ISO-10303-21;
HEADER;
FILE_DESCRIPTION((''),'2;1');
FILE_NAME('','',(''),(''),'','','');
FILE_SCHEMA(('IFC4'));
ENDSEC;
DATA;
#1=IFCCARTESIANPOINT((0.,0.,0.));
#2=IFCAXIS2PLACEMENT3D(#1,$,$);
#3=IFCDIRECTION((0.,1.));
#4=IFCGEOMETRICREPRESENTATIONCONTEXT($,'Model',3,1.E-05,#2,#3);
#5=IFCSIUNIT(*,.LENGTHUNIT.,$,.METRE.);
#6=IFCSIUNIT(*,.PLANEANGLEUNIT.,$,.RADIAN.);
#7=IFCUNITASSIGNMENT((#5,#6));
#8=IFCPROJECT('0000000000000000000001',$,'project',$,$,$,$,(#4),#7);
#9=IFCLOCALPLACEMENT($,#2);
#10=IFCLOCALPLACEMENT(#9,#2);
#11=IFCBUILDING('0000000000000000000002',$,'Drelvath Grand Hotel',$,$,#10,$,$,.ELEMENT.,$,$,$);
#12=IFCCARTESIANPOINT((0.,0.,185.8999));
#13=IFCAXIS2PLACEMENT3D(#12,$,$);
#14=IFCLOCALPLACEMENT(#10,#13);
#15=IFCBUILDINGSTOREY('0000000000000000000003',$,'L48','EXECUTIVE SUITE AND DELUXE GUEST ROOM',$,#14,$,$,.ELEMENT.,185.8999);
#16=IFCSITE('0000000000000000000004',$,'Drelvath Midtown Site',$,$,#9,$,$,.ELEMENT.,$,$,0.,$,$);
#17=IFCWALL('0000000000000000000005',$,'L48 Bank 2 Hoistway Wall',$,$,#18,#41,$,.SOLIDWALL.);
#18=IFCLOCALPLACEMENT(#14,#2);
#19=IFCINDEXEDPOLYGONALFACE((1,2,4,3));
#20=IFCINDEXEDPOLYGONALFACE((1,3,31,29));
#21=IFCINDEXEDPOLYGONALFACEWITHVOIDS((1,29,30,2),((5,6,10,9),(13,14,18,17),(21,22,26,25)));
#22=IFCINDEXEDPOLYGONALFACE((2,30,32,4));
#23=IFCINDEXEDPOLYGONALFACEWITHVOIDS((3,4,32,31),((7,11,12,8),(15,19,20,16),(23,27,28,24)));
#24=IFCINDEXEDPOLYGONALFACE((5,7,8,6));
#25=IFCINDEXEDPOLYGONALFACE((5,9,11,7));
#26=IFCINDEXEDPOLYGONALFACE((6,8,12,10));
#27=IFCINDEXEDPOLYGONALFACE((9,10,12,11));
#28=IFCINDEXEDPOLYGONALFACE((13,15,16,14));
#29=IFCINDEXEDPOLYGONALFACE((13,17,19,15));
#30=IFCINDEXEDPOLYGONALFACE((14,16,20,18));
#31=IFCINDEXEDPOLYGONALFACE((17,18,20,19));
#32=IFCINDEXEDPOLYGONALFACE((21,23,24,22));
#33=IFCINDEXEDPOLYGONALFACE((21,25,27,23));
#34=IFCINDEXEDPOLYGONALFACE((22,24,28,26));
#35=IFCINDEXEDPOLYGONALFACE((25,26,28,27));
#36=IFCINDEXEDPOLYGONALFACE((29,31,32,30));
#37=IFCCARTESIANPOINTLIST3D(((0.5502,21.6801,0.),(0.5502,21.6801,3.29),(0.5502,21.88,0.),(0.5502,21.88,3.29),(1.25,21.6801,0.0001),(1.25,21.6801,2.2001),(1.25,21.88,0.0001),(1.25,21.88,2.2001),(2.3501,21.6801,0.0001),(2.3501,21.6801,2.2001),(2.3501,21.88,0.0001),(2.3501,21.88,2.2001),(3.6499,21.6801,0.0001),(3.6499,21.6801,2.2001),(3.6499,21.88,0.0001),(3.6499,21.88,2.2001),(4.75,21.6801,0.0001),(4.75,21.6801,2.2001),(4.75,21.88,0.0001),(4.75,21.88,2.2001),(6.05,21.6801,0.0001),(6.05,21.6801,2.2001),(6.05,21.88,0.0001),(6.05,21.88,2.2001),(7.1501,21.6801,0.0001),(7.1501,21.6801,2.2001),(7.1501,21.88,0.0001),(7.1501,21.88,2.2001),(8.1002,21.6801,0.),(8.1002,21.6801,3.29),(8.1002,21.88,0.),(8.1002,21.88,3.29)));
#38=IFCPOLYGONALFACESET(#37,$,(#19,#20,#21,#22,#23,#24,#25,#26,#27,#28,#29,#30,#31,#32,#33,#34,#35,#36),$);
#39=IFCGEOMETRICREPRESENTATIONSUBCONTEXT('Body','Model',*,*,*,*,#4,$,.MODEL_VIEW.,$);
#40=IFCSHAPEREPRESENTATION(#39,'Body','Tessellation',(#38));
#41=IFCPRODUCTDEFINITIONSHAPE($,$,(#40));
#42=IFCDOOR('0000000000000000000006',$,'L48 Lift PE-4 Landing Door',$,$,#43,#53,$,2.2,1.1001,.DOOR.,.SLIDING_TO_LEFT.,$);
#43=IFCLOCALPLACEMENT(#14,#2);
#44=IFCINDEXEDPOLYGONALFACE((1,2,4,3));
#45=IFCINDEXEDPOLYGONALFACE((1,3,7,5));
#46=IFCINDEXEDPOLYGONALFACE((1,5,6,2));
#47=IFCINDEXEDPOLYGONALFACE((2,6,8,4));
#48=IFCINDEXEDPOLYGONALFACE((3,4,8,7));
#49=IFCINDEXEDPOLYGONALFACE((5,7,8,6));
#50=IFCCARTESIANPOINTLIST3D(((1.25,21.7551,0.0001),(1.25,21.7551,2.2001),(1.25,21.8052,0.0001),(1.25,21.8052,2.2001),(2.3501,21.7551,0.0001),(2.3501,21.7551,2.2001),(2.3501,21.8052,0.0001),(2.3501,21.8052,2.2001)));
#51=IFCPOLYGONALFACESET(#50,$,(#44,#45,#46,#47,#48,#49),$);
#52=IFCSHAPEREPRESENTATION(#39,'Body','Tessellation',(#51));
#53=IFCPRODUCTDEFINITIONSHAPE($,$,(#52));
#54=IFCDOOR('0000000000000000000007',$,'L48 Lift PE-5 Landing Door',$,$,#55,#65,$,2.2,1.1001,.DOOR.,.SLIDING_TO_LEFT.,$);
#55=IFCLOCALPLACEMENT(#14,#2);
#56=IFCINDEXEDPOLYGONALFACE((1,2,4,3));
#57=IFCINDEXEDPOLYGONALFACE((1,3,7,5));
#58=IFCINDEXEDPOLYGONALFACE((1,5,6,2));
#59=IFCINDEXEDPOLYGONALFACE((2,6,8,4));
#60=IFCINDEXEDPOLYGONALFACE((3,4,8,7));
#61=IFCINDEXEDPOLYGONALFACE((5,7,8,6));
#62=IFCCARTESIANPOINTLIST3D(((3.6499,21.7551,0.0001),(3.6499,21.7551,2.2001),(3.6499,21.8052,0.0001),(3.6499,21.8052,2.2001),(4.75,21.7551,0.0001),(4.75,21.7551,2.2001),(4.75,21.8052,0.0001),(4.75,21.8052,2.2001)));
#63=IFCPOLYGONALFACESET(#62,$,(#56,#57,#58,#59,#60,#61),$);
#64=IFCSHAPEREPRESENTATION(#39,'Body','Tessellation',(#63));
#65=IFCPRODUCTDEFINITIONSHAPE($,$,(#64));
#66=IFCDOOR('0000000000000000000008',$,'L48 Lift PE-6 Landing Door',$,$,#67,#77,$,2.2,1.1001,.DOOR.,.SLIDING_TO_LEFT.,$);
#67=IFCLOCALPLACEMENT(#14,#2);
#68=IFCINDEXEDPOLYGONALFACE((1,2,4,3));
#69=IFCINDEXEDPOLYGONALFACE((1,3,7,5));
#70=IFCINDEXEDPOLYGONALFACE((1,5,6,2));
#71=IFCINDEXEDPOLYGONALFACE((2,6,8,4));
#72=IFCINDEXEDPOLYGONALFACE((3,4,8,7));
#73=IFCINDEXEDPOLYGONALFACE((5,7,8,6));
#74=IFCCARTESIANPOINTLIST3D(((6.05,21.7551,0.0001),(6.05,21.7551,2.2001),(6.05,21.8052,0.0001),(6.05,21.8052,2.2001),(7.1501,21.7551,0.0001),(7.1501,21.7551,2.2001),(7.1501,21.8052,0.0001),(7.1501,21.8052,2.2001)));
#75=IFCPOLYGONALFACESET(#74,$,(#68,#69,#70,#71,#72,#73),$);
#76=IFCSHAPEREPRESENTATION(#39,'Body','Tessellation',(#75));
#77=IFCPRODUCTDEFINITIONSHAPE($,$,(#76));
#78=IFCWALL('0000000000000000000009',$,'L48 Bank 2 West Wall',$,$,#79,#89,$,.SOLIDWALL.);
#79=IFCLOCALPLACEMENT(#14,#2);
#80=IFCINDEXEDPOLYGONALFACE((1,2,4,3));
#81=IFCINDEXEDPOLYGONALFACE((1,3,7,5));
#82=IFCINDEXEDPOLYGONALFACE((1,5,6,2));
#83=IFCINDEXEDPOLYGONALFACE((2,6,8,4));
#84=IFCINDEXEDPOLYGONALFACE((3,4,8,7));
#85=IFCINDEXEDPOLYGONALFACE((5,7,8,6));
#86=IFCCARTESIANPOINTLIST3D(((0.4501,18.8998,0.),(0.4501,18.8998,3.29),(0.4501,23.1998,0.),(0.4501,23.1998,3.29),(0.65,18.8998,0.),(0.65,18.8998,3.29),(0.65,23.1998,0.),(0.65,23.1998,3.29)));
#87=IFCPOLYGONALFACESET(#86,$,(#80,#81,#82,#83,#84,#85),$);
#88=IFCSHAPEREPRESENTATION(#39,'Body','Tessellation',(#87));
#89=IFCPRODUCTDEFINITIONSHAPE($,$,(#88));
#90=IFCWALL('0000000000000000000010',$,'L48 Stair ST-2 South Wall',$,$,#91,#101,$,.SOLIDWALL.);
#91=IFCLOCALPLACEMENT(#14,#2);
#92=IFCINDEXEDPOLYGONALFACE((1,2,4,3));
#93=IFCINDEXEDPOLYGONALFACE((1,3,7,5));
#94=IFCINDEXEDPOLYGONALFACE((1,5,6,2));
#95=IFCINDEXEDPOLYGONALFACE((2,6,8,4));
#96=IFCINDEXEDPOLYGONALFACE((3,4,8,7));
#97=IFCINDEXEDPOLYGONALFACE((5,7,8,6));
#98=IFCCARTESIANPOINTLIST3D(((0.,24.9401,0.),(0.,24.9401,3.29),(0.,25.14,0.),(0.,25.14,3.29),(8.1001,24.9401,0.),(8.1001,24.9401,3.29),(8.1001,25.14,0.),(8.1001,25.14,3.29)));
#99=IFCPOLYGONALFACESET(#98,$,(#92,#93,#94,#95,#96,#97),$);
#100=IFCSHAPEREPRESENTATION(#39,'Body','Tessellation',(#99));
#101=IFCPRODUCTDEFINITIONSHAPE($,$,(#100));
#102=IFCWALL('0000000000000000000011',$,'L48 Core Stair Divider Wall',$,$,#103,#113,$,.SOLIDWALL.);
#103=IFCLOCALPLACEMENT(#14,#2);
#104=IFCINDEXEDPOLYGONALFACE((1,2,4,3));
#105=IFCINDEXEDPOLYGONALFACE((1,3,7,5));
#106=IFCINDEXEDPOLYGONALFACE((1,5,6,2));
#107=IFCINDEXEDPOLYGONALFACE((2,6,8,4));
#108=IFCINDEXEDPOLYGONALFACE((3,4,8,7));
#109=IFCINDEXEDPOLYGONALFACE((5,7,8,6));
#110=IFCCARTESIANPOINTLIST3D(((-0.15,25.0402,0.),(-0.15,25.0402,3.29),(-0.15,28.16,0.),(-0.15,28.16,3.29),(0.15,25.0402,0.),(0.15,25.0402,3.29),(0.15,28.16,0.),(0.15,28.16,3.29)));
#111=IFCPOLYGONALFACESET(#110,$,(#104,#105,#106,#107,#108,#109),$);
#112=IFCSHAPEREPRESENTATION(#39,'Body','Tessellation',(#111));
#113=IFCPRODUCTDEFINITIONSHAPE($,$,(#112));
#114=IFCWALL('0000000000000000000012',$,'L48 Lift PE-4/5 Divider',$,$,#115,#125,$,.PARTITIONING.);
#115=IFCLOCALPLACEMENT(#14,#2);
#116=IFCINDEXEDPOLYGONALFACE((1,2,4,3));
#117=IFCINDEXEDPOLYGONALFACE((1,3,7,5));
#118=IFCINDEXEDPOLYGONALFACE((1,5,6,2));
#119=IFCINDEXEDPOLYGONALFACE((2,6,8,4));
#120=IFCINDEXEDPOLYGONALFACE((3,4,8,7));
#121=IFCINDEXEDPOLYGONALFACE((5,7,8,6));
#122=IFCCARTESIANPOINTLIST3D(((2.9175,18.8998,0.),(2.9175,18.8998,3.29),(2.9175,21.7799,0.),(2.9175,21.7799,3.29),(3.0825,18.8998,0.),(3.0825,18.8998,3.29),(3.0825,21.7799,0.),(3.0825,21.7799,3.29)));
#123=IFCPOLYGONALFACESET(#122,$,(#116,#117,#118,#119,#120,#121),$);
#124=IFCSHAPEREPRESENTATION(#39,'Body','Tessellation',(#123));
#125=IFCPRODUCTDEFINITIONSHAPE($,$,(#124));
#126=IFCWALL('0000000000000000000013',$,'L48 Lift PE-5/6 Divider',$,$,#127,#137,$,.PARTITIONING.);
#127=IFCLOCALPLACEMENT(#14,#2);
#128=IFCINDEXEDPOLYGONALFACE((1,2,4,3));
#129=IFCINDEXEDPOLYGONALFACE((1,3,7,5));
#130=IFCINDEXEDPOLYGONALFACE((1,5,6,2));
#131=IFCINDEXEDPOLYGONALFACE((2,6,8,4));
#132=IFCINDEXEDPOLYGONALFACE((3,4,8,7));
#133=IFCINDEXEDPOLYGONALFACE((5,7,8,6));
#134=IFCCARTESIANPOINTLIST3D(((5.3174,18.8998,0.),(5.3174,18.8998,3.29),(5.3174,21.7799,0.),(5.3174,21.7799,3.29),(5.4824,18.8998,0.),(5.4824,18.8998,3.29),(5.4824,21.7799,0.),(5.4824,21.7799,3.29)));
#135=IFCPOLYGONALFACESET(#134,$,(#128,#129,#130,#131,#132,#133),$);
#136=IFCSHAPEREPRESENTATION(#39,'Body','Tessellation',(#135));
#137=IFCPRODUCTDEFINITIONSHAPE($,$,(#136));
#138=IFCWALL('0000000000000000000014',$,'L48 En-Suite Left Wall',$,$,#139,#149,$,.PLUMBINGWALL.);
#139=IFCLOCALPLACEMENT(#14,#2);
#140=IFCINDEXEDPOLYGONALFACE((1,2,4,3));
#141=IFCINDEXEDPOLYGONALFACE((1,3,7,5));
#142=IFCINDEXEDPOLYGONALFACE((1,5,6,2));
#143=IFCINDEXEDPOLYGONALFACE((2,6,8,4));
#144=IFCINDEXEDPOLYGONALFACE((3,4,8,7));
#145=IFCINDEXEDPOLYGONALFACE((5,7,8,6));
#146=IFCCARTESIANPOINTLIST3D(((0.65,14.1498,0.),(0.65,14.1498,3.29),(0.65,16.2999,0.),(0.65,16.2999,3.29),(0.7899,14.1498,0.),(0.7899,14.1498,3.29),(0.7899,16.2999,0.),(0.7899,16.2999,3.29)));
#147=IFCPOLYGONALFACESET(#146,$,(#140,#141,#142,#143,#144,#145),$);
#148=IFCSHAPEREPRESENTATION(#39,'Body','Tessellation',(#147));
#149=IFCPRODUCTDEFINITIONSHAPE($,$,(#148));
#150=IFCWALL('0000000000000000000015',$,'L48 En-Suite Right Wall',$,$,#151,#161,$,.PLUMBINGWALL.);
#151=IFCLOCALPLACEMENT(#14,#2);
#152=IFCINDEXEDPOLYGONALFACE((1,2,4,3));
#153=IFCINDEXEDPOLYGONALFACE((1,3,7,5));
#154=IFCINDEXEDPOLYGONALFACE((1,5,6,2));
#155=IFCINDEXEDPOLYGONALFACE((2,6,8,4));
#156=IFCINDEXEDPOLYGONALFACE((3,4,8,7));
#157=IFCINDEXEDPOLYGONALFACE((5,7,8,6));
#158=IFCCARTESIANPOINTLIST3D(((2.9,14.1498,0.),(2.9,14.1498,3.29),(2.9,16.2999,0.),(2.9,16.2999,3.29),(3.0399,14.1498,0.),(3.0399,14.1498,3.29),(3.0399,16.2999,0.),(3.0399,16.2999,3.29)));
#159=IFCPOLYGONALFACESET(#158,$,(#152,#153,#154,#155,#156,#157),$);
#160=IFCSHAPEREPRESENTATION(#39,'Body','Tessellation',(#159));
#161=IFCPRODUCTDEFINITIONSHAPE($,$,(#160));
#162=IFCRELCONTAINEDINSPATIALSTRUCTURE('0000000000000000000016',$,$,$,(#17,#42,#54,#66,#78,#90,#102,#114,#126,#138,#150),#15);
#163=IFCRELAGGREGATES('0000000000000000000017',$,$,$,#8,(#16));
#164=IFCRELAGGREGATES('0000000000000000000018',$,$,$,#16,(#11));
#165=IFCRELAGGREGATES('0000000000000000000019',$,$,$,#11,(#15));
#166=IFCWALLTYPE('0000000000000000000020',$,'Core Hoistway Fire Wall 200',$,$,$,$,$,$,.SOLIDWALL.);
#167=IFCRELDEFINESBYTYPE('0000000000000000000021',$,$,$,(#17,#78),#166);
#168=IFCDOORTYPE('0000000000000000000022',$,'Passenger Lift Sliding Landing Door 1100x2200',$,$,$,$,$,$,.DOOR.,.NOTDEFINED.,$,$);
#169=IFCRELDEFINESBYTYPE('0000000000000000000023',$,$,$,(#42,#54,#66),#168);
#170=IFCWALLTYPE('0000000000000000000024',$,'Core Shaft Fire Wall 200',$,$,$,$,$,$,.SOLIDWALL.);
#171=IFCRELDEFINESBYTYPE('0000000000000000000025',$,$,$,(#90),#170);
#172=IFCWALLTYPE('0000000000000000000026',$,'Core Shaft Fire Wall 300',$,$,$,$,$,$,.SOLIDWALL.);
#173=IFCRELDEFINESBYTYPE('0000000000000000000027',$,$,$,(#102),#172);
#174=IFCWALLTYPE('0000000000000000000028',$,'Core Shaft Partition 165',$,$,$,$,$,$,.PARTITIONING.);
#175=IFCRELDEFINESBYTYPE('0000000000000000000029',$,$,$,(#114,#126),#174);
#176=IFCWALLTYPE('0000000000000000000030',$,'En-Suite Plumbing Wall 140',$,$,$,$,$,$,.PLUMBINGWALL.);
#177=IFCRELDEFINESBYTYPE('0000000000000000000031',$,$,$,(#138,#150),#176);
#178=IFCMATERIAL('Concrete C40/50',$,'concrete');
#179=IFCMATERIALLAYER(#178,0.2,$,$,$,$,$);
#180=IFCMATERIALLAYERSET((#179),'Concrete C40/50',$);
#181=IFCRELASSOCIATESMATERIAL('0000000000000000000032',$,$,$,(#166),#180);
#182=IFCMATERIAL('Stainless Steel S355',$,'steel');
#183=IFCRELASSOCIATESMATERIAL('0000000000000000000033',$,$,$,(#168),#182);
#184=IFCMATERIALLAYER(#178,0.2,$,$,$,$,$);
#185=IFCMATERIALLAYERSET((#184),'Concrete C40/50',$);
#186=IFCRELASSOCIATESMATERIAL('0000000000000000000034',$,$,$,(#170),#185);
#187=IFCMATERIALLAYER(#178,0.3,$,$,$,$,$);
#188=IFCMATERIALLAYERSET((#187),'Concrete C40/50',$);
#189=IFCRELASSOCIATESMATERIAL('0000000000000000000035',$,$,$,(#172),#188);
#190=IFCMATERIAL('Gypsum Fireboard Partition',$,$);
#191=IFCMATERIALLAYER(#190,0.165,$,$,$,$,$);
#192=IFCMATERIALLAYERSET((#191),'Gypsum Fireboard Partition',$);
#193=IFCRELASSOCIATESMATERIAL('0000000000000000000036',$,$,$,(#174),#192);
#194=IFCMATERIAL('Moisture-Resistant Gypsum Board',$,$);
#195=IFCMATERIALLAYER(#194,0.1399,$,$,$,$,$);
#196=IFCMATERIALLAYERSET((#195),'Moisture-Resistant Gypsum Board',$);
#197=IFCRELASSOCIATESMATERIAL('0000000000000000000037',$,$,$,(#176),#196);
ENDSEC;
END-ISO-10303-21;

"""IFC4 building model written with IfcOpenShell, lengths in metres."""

from ifc_helpers import new_model, si_unit, direction, frame, frame_2d, origin, place, context, subcontext, project, spatial, rectangle, extrude, material, layer, layer_set, type_object, element, fill, save


model = new_model("IFC4")

# Units and contexts
model_context = context("Model", 3, precision=1e-05, world=origin(), true_north=direction((0.0, 1.0)))
body_context = subcontext(model_context, "Body", "Model", "MODEL_VIEW")
ifc_project = project(units=[si_unit("LENGTHUNIT", "METRE"), si_unit("PLANEANGLEUNIT", "RADIAN")], contexts=[model_context])

# Site, building, storey
site_placement = place(None, origin())
site = spatial("IfcSite", under=ifc_project, at=site_placement, Name="Drelvath Midtown Site", CompositionType="ELEMENT", RefElevation=0.0)
building_placement = place(site_placement, origin())
building = spatial("IfcBuilding", under=site, at=building_placement, Name="Drelvath Grand Hotel", CompositionType="ELEMENT")
storey_placement = place(building_placement, frame((0.0, 0.0, 185.8999)))
storey = spatial("IfcBuildingStorey", under=building, at=storey_placement, Name="L48", Description="EXECUTIVE SUITE AND DELUXE GUEST ROOM", CompositionType="ELEMENT", Elevation=185.8999)

# Wall, openings, doors
ifc_material_1 = material(Name="Concrete C40/50", Category="concrete")
ifc_layer_1 = layer(ifc_material_1, 0.2)
ifc_layer_set_1 = layer_set([ifc_layer_1], Name="Concrete C40/50")
wall_type_1 = type_object("IfcWallType", Name="Core Hoistway Fire Wall 200", PredefinedType="SOLIDWALL", material=ifc_layer_set_1)
wall_1_placement = place(storey_placement, frame((8.1001, 21.78, 0.0), z_axis=(0.0, 0.0, 1.0), x_axis=(-1.0, 0.0, 0.0)))
wall_1 = element("IfcWall", 1, at=wall_1_placement, inside=storey, type_object=wall_type_1, Name="L48 Bank 2 Hoistway Wall", PredefinedType="SOLIDWALL", context=body_context, shape_type="SweptSolid", body=[
    extrude(rectangle(XDim=7.55, YDim=0.2, at=frame_2d((3.7749, 0.0))), origin(), (0.0, 0.0, 1.0), 3.29),
])
opening_1_placement = place(wall_1_placement, frame((5.75, 0.0, 0.0)))
opening_1 = element("IfcOpeningElement", 2, at=opening_1_placement, cuts=wall_1, PredefinedType="OPENING", context=body_context, shape_type="SweptSolid", body=[
    extrude(rectangle(XDim=1.1001, YDim=2.2, at=frame_2d((0.55, 1.1001))), frame((0.0, 0.1099, 0.0), z_axis=(0.0, -1.0, 0.0), x_axis=(1.0, 0.0, 0.0)), (0.0, 0.0, 1.0), 0.22),
])
opening_2_placement = place(wall_1_placement, frame((3.3501, 0.0, 0.0)))
opening_2 = element("IfcOpeningElement", 3, at=opening_2_placement, cuts=wall_1, PredefinedType="OPENING", context=body_context, shape_type="SweptSolid", body=[
    extrude(rectangle(XDim=1.1001, YDim=2.2, at=frame_2d((0.55, 1.1001))), frame((0.0, 0.1099, 0.0), z_axis=(0.0, -1.0, 0.0), x_axis=(1.0, 0.0, 0.0)), (0.0, 0.0, 1.0), 0.22),
])
opening_3_placement = place(wall_1_placement, frame((0.95, 0.0, 0.0)))
opening_3 = element("IfcOpeningElement", 4, at=opening_3_placement, cuts=wall_1, PredefinedType="OPENING", context=body_context, shape_type="SweptSolid", body=[
    extrude(rectangle(XDim=1.1001, YDim=2.2, at=frame_2d((0.55, 1.1001))), frame((0.0, 0.1099, 0.0), z_axis=(0.0, -1.0, 0.0), x_axis=(1.0, 0.0, 0.0)), (0.0, 0.0, 1.0), 0.22),
])
ifc_material_2 = material(Name="Stainless Steel S355", Category="steel")
door_type_1 = type_object("IfcDoorType", Name="Passenger Lift Sliding Landing Door 1100x2200", OperationType="NOTDEFINED", PredefinedType="DOOR", material=ifc_material_2)
door_1_placement = place(opening_1_placement, origin())
door_1 = element("IfcDoor", 5, at=door_1_placement, inside=storey, type_object=door_type_1, Name="L48 Lift PE-4 Landing Door", OperationType="SLIDING_TO_LEFT", OverallHeight=2.2, OverallWidth=1.1001, PredefinedType="DOOR", context=body_context, shape_type="SweptSolid", body=[
    extrude(rectangle(XDim=1.1001, YDim=2.2, at=frame_2d((0.55, 1.1001))), frame((0.0, 0.0249, 0.0), z_axis=(0.0, -1.0, 0.0), x_axis=(1.0, 0.0, 0.0)), (0.0, 0.0, 1.0), 0.05),
])
fill(opening_1, door_1)
door_2_placement = place(opening_2_placement, origin())
door_2 = element("IfcDoor", 6, at=door_2_placement, inside=storey, type_object=door_type_1, Name="L48 Lift PE-5 Landing Door", OperationType="SLIDING_TO_LEFT", OverallHeight=2.2, OverallWidth=1.1001, PredefinedType="DOOR", context=body_context, shape_type="SweptSolid", body=[
    extrude(rectangle(XDim=1.1001, YDim=2.2, at=frame_2d((0.55, 1.1001))), frame((0.0, 0.0249, 0.0), z_axis=(0.0, -1.0, 0.0), x_axis=(1.0, 0.0, 0.0)), (0.0, 0.0, 1.0), 0.05),
])
fill(opening_2, door_2)
door_3_placement = place(opening_3_placement, origin())
door_3 = element("IfcDoor", 7, at=door_3_placement, inside=storey, type_object=door_type_1, Name="L48 Lift PE-6 Landing Door", OperationType="SLIDING_TO_LEFT", OverallHeight=2.2, OverallWidth=1.1001, PredefinedType="DOOR", context=body_context, shape_type="SweptSolid", body=[
    extrude(rectangle(XDim=1.1001, YDim=2.2, at=frame_2d((0.55, 1.1001))), frame((0.0, 0.0249, 0.0), z_axis=(0.0, -1.0, 0.0), x_axis=(1.0, 0.0, 0.0)), (0.0, 0.0, 1.0), 0.05),
])
fill(opening_3, door_3)

# Walls
wall_2_placement = place(storey_placement, frame((0.55, 18.8999, 0.0), z_axis=(0.0, 0.0, 1.0), x_axis=(0.0, 1.0, 0.0)))
element("IfcWall", 8, at=wall_2_placement, inside=storey, type_object=wall_type_1, Name="L48 Bank 2 West Wall", PredefinedType="SOLIDWALL", context=body_context, shape_type="SweptSolid", body=[
    extrude(rectangle(XDim=4.3, YDim=0.2, at=frame_2d((2.1499, 0.0))), origin(), (0.0, 0.0, 1.0), 3.29),
])
ifc_layer_2 = layer(ifc_material_1, 0.2)
ifc_layer_set_2 = layer_set([ifc_layer_2], Name="Concrete C40/50")
wall_type_2 = type_object("IfcWallType", Name="Core Shaft Fire Wall 200", PredefinedType="SOLIDWALL", material=ifc_layer_set_2)
wall_3_placement = place(storey_placement, frame((0.0, 25.04, 0.0), z_axis=(0.0, 0.0, 1.0), x_axis=(1.0, 0.0, 0.0)))
element("IfcWall", 9, at=wall_3_placement, inside=storey, type_object=wall_type_2, Name="L48 Stair ST-2 South Wall", PredefinedType="SOLIDWALL", context=body_context, shape_type="SweptSolid", body=[
    extrude(rectangle(XDim=8.1001, YDim=0.2, at=frame_2d((4.05, 0.0))), origin(), (0.0, 0.0, 1.0), 3.29),
])
ifc_layer_3 = layer(ifc_material_1, 0.3)
ifc_layer_set_3 = layer_set([ifc_layer_3], Name="Concrete C40/50")
wall_type_3 = type_object("IfcWallType", Name="Core Shaft Fire Wall 300", PredefinedType="SOLIDWALL", material=ifc_layer_set_3)
wall_4_placement = place(storey_placement, frame((0.0, 25.04, 0.0), z_axis=(0.0, 0.0, 1.0), x_axis=(0.0, 1.0, 0.0)))
element("IfcWall", 10, at=wall_4_placement, inside=storey, type_object=wall_type_3, Name="L48 Core Stair Divider Wall", PredefinedType="SOLIDWALL", context=body_context, shape_type="SweptSolid", body=[
    extrude(rectangle(XDim=3.1199, YDim=0.3, at=frame_2d((1.5601, 0.0))), origin(), (0.0, 0.0, 1.0), 3.29),
])
ifc_material_3 = material(Name="Gypsum Fireboard Partition")
ifc_layer_4 = layer(ifc_material_3, 0.165)
ifc_layer_set_4 = layer_set([ifc_layer_4], Name="Gypsum Fireboard Partition")
wall_type_4 = type_object("IfcWallType", Name="Core Shaft Partition 165", PredefinedType="PARTITIONING", material=ifc_layer_set_4)
for number, where, z_axis, x_axis, name in (
    (11, (3.0, 18.8999, 0.0), (0.0, 0.0, 1.0), (0.0, 1.0, 0.0), "L48 Lift PE-4/5 Divider"),
    (12, (5.3999, 18.8999, 0.0), (0.0, 0.0, 1.0), (0.0, 1.0, 0.0), "L48 Lift PE-5/6 Divider"),
):
    element("IfcWall", number, at=place(storey_placement, frame(where, z_axis=z_axis, x_axis=x_axis)), inside=storey, type_object=wall_type_4, Name=name, PredefinedType="PARTITIONING", context=body_context, shape_type="SweptSolid", body=[
        extrude(rectangle(XDim=2.8801, YDim=0.165, at=frame_2d((1.4399, 0.0))), origin(), (0.0, 0.0, 1.0), 3.29),
    ])
ifc_material_4 = material(Name="Moisture-Resistant Gypsum Board")
ifc_layer_5 = layer(ifc_material_4, 0.1399)
ifc_layer_set_5 = layer_set([ifc_layer_5], Name="Moisture-Resistant Gypsum Board")
wall_type_5 = type_object("IfcWallType", Name="En-Suite Plumbing Wall 140", PredefinedType="PLUMBINGWALL", material=ifc_layer_set_5)
for number, where, z_axis, x_axis, name in (
    (13, (0.72, 16.3, 0.0), (0.0, 0.0, 1.0), (0.0, -1.0, 0.0), "L48 En-Suite Left Wall"),
    (14, (2.97, 16.3, 0.0), (0.0, 0.0, 1.0), (0.0, -1.0, 0.0), "L48 En-Suite Right Wall"),
):
    element("IfcWall", number, at=place(storey_placement, frame(where, z_axis=z_axis, x_axis=x_axis)), inside=storey, type_object=wall_type_5, Name=name, PredefinedType="PLUMBINGWALL", context=body_context, shape_type="SweptSolid", body=[
        extrude(rectangle(XDim=2.1501, YDim=0.1399, at=frame_2d((1.0752, 0.0))), origin(), (0.0, 0.0, 1.0), 3.29),
    ])

save(model, "model.ifc")
